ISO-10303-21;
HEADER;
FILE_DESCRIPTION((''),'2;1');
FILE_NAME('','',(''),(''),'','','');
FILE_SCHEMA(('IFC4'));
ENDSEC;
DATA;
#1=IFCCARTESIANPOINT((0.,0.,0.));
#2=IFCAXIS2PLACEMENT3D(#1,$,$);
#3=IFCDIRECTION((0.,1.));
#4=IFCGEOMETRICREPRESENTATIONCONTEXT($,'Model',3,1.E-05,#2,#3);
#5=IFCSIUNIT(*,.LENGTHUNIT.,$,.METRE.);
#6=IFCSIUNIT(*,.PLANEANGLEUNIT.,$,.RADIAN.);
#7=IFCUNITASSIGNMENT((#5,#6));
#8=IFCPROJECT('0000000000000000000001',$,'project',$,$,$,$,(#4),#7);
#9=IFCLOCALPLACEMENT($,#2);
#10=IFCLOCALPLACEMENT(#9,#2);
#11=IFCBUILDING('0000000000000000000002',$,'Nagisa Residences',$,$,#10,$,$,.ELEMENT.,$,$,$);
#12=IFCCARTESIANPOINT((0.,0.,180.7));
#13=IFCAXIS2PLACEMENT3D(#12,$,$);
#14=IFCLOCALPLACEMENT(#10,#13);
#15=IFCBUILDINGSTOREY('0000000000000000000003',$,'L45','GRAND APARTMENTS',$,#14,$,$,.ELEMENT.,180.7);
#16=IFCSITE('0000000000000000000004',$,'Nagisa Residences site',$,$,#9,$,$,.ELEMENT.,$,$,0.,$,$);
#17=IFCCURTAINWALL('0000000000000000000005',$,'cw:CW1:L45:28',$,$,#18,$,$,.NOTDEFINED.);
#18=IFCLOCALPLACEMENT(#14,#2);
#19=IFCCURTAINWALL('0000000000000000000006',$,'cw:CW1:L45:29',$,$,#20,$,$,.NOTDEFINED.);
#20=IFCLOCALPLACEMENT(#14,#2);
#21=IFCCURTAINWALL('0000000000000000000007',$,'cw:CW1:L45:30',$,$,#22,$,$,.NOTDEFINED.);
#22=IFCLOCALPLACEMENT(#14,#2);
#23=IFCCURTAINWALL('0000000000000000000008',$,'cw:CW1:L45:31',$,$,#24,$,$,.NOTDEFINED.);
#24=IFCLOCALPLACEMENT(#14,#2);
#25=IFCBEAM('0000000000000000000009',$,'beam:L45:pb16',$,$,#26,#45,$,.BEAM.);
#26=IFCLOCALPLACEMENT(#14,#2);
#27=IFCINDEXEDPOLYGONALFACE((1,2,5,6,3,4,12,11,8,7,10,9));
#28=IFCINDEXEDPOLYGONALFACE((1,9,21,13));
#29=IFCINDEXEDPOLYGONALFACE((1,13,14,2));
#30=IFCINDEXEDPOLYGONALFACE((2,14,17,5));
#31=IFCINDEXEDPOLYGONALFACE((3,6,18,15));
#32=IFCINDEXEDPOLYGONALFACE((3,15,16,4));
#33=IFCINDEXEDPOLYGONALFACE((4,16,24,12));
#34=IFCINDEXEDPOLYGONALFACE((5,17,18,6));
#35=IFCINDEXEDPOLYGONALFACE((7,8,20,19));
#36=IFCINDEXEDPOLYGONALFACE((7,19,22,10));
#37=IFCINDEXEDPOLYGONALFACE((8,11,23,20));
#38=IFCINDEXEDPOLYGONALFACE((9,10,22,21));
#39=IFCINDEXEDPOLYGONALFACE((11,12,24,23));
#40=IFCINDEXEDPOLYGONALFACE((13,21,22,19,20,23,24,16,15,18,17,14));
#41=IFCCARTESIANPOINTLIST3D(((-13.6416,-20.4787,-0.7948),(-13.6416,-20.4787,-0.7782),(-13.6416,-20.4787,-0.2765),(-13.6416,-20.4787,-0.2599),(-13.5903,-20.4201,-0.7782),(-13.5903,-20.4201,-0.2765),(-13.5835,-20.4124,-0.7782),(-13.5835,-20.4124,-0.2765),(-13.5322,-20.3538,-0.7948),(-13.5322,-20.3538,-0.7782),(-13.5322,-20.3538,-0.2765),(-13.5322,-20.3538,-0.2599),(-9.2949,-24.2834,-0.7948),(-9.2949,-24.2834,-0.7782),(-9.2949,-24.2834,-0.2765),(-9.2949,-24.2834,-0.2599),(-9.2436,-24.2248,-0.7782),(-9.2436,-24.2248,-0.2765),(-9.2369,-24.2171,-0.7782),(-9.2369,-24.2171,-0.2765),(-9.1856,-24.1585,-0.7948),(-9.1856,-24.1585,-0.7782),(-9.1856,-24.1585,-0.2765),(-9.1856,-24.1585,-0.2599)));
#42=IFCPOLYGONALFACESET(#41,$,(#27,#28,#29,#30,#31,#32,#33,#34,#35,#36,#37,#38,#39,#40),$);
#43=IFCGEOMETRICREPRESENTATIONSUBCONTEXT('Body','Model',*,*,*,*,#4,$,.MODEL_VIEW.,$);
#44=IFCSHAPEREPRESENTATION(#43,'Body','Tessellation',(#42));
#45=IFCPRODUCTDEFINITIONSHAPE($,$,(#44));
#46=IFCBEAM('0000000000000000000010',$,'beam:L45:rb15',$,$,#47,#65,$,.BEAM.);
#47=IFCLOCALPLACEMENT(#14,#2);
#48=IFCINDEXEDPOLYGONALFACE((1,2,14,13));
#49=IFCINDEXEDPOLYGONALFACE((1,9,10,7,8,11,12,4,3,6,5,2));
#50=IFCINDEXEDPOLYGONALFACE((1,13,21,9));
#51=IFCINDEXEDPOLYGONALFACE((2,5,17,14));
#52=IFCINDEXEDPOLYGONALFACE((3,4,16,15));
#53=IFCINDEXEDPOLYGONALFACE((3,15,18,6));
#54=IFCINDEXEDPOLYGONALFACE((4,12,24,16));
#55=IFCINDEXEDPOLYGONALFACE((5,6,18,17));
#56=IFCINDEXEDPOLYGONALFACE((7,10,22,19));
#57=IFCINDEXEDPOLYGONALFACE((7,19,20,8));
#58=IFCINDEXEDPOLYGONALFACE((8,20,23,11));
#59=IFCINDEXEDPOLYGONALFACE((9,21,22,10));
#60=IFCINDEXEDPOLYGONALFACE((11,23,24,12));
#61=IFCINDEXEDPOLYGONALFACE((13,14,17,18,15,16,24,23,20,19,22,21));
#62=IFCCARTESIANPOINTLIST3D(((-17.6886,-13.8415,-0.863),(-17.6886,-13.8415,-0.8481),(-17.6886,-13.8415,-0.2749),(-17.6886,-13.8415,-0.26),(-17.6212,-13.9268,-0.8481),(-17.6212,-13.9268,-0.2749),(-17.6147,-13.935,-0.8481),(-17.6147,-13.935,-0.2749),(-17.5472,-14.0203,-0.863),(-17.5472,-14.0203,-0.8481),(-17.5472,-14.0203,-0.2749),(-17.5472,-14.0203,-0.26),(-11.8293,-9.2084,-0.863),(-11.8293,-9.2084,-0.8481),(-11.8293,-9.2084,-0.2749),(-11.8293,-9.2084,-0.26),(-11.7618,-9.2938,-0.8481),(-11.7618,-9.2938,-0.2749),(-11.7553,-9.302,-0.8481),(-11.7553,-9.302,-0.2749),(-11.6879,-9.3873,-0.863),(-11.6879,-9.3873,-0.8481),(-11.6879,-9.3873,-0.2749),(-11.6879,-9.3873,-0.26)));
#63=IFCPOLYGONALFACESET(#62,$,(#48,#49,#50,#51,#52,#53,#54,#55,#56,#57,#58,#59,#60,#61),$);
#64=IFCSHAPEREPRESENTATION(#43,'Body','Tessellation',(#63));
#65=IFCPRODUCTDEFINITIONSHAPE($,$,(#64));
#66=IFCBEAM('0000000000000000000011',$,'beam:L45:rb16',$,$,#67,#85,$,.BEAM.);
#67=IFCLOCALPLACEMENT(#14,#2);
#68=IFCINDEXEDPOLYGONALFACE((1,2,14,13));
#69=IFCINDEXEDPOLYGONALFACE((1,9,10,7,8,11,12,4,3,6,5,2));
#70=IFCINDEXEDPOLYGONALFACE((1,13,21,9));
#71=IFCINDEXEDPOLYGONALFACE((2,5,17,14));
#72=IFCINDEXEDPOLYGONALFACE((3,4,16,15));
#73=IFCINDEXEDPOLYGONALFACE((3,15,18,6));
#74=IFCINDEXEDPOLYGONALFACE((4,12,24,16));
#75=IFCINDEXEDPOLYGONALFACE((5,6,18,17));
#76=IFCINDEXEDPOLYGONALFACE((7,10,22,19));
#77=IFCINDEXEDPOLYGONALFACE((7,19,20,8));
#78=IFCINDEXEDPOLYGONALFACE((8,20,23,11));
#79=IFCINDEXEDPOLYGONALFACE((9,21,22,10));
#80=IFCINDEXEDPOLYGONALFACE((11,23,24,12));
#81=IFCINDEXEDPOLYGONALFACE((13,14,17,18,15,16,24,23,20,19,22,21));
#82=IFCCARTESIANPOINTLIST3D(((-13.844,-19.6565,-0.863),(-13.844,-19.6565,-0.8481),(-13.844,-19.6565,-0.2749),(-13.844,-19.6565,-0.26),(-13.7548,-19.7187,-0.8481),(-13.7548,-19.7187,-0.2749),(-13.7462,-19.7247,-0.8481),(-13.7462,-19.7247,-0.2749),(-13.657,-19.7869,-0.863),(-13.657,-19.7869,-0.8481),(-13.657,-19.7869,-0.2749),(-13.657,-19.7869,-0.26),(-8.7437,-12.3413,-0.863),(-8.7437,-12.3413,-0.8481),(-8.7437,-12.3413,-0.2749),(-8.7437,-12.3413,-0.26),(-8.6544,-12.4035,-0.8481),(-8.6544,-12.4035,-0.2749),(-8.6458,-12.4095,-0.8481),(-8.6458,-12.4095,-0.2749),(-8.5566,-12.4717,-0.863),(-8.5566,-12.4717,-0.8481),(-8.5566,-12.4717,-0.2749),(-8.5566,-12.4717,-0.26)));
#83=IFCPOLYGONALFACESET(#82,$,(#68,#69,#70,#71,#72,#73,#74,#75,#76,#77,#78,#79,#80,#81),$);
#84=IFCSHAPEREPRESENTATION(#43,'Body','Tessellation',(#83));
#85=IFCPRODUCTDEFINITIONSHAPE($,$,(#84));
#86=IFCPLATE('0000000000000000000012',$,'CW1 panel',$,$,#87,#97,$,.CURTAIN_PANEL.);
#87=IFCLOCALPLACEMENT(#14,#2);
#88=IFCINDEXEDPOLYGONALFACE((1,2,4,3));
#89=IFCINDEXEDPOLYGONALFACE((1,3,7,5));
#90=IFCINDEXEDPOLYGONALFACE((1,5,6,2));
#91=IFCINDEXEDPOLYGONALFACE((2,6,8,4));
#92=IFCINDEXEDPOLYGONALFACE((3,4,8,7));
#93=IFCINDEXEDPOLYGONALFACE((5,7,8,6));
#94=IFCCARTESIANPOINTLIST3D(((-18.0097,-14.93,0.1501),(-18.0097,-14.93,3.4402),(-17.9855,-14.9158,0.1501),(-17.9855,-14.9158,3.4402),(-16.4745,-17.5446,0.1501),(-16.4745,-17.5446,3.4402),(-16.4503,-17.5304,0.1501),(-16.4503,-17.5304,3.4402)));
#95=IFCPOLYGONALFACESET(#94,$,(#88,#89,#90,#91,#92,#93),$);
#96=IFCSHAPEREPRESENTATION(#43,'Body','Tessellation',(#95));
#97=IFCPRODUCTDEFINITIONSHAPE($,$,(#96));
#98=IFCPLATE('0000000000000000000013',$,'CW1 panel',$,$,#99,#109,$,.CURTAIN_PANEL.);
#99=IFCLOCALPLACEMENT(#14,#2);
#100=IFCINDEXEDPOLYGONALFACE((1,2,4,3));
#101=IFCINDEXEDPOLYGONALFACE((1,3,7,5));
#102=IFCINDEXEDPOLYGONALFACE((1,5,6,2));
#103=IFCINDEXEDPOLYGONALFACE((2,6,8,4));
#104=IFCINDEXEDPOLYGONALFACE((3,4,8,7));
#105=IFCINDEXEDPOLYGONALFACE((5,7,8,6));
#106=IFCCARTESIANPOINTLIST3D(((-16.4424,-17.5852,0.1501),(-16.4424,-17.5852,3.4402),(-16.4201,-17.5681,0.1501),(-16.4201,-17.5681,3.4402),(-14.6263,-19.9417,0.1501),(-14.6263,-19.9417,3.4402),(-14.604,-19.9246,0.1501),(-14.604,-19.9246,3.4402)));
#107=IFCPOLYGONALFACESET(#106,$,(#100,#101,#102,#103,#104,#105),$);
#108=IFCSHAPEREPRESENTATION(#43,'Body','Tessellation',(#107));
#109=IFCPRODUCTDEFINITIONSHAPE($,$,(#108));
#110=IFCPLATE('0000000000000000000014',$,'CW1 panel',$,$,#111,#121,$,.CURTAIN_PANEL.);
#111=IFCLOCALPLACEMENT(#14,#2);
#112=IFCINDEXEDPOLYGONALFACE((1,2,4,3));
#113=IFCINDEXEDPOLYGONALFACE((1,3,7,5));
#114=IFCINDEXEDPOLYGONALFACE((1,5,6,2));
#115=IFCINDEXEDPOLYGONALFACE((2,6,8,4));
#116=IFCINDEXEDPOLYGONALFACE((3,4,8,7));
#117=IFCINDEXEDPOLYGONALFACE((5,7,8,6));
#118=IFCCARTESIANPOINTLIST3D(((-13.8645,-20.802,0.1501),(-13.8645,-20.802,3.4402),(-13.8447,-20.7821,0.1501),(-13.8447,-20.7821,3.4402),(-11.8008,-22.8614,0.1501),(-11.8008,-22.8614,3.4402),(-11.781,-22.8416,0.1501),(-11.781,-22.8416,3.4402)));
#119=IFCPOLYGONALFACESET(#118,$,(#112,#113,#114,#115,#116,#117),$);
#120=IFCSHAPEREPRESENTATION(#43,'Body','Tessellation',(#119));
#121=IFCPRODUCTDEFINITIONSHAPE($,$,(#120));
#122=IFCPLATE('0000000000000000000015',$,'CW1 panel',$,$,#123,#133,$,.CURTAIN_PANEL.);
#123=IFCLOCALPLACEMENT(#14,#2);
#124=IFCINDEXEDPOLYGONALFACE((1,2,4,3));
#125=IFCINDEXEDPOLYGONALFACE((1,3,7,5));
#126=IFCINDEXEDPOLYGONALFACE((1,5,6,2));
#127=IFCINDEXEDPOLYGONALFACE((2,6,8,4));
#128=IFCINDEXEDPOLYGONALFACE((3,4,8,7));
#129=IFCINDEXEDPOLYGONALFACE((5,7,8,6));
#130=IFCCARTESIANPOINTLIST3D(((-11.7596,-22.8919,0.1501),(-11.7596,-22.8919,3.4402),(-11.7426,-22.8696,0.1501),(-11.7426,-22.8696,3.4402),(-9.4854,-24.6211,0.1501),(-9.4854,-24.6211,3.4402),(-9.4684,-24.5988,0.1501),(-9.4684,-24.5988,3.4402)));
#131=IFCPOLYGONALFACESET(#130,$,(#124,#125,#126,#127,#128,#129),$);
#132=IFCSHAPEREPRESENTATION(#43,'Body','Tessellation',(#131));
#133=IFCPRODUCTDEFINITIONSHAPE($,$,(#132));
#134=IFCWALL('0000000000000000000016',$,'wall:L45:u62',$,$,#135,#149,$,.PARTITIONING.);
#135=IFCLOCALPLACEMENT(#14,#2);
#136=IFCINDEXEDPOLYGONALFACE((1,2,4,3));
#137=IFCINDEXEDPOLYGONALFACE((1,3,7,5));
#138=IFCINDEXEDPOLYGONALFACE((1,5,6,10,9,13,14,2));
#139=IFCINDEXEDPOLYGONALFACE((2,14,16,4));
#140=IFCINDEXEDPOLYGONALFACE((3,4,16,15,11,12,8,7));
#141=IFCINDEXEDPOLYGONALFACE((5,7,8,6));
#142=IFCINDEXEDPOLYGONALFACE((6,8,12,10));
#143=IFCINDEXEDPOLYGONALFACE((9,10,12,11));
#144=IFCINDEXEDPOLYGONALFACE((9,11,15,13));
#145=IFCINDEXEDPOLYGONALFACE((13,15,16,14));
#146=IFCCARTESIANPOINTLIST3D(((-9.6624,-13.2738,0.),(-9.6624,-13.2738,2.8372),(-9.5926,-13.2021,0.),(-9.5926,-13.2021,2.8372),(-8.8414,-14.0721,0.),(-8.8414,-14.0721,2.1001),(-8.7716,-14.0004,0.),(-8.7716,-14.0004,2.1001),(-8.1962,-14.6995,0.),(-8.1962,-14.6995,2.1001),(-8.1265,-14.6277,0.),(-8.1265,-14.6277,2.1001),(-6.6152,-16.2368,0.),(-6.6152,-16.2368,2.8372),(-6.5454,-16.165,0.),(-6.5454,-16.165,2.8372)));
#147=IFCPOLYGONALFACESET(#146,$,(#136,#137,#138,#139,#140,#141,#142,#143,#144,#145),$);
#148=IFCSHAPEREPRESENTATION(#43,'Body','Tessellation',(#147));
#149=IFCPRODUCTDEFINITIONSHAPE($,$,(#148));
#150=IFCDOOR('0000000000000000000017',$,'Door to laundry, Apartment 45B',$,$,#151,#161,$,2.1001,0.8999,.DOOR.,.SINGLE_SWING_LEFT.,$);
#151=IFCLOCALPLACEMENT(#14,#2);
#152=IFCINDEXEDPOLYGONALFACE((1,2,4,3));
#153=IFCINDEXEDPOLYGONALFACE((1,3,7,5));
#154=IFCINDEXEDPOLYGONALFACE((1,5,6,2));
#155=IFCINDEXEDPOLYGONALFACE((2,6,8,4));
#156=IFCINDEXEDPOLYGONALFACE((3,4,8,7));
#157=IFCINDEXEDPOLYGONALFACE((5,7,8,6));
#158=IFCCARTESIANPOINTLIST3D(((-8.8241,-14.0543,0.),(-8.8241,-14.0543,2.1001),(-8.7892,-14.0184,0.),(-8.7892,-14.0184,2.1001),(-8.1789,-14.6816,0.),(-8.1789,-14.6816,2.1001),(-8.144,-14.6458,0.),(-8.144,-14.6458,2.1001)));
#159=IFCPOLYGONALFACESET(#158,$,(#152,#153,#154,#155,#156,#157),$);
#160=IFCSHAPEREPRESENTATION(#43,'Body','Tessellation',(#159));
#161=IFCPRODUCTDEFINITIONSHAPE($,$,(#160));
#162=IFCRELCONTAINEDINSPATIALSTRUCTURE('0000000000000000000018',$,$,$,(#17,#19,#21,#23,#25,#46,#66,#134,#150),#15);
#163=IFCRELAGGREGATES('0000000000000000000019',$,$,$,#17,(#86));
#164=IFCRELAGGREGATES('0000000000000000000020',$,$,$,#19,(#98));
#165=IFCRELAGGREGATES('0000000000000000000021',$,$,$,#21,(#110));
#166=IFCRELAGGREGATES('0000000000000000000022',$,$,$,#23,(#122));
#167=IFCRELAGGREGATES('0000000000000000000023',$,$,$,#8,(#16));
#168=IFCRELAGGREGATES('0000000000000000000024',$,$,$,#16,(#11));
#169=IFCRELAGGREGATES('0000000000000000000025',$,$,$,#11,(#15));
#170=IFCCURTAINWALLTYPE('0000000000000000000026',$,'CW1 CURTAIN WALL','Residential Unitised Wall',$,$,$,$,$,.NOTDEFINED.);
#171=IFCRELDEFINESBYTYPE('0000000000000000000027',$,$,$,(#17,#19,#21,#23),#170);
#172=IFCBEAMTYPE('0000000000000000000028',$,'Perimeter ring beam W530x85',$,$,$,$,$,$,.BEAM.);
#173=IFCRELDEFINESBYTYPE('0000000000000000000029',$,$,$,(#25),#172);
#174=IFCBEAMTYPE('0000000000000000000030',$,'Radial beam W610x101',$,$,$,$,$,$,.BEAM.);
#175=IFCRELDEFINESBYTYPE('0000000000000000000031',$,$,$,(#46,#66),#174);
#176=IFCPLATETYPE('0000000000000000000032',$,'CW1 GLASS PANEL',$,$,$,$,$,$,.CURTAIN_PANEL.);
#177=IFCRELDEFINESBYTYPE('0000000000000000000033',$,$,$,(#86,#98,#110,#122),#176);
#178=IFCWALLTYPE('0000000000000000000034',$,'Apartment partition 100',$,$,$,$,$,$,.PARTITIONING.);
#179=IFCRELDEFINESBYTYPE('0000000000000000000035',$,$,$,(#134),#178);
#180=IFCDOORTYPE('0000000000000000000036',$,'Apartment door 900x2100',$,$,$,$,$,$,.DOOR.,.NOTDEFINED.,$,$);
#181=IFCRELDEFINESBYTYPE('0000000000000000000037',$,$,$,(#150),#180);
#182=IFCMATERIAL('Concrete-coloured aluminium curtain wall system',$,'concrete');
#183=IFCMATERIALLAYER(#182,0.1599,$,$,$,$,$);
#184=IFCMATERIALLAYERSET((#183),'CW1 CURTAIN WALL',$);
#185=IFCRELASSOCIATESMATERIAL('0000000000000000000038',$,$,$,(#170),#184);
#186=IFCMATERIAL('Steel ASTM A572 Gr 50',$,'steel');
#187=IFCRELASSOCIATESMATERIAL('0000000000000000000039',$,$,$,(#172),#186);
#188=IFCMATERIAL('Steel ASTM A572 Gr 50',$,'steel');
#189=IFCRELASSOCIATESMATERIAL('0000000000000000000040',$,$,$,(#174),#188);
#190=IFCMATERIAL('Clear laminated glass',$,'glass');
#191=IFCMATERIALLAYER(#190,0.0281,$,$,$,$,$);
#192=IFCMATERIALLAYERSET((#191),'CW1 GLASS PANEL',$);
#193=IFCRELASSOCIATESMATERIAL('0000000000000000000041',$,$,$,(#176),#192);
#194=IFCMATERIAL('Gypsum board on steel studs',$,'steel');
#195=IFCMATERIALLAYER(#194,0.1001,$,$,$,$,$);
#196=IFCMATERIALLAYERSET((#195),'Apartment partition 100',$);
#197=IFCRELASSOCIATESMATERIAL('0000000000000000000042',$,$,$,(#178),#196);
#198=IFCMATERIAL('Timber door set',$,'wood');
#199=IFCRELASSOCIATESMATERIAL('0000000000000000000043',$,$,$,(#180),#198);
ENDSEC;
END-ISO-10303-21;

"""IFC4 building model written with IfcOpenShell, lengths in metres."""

from ifc_helpers import new_model, si_unit, direction, frame, frame_2d, origin, origin_2d, place, context, subcontext, project, spatial, rectangle, i_section, extrude, material, layer, layer_set, material_profile, profile_set, type_object, element, fill, aggregate, save


model = new_model("IFC4")

# Units and contexts
model_context = context("Model", 3, precision=1e-05, world=origin(), true_north=direction((0.0, 1.0)))
body_context = subcontext(model_context, "Body", "Model", "MODEL_VIEW")
ifc_project = project(units=[si_unit("LENGTHUNIT", "METRE"), si_unit("PLANEANGLEUNIT", "RADIAN")], contexts=[model_context])

# Site, building, storey
site_placement = place(None, origin())
site = spatial("IfcSite", under=ifc_project, at=site_placement, Name="Nagisa Residences site", CompositionType="ELEMENT", RefElevation=0.0)
building_placement = place(site_placement, origin())
building = spatial("IfcBuilding", under=site, at=building_placement, Name="Nagisa Residences", CompositionType="ELEMENT")
storey_placement = place(building_placement, frame((0.0, 0.0, 180.7)))
storey = spatial("IfcBuildingStorey", under=building, at=storey_placement, Name="L45", Description="GRAND APARTMENTS", CompositionType="ELEMENT", Elevation=180.7)

# Curtain walls
ifc_material_1 = material(Name="Concrete-coloured aluminium curtain wall system", Category="concrete")
ifc_layer_1 = layer(ifc_material_1, 0.1599)
ifc_layer_set_1 = layer_set([ifc_layer_1], Name="CW1 CURTAIN WALL")
curtain_wall_type = type_object("IfcCurtainWallType", Name="CW1 CURTAIN WALL", Description="Residential Unitised Wall", PredefinedType="NOTDEFINED", material=ifc_layer_set_1)
curtain_wall_1_placement = place(storey_placement, origin())
curtain_wall_1 = element("IfcCurtainWall", 1, at=curtain_wall_1_placement, inside=storey, type_object=curtain_wall_type, Name="cw:CW1:L45:28", PredefinedType="NOTDEFINED")
curtain_wall_2_placement = place(storey_placement, origin())
curtain_wall_2 = element("IfcCurtainWall", 2, at=curtain_wall_2_placement, inside=storey, type_object=curtain_wall_type, Name="cw:CW1:L45:29", PredefinedType="NOTDEFINED")
curtain_wall_3_placement = place(storey_placement, origin())
curtain_wall_3 = element("IfcCurtainWall", 3, at=curtain_wall_3_placement, inside=storey, type_object=curtain_wall_type, Name="cw:CW1:L45:30", PredefinedType="NOTDEFINED")
curtain_wall_4_placement = place(storey_placement, origin())
curtain_wall_4 = element("IfcCurtainWall", 4, at=curtain_wall_4_placement, inside=storey, type_object=curtain_wall_type, Name="cw:CW1:L45:31", PredefinedType="NOTDEFINED")

# Beams
ifc_material_2 = material(Name="Steel ASTM A572 Gr 50", Category="steel")
ifc_material_profile_1 = material_profile(ifc_material_2, i_section(OverallWidth=0.166, OverallDepth=0.5349, WebThickness=0.0103, FlangeThickness=0.0166, at=origin_2d()), Name="W530x85")
ifc_profile_set_1 = profile_set([ifc_material_profile_1], Name="Steel ASTM A572 Gr 50")
beam_type_1 = type_object("IfcBeamType", Name="Perimeter ring beam W530x85", PredefinedType="BEAM", material=ifc_profile_set_1)
beam_1_placement = place(storey_placement, frame((-13.5869, -20.4163, -0.5273), z_axis=(0.752461, -0.658636, 0.0), x_axis=(0.658636, 0.752461, 0.0)))
element("IfcBeam", 5, at=beam_1_placement, inside=storey, type_object=beam_type_1, Name="beam:L45:pb16", PredefinedType="BEAM", context=body_context, shape_type="SweptSolid", body=[
    extrude(i_section(OverallWidth=0.166, OverallDepth=0.5349, WebThickness=0.0103, FlangeThickness=0.0166, at=origin_2d()), origin(), (0.0, 0.0, 1.0), 5.7766),
])
ifc_material_3 = material(Name="Steel ASTM A572 Gr 50", Category="steel")
ifc_material_profile_2 = material_profile(ifc_material_3, i_section(OverallWidth=0.228, OverallDepth=0.603, WebThickness=0.0105, FlangeThickness=0.0149, at=origin_2d()), Name="W610x101")
ifc_profile_set_2 = profile_set([ifc_material_profile_2], Name="Steel ASTM A572 Gr 50")
beam_type_2 = type_object("IfcBeamType", Name="Radial beam W610x101", PredefinedType="BEAM", material=ifc_profile_set_2)
beam_2_placement = place(storey_placement, frame((-17.6179, -13.9309, -0.5615), z_axis=(0.784412, 0.620241, 0.0), x_axis=(-0.620241, 0.784412, 0.0)))
element("IfcBeam", 6, at=beam_2_placement, inside=storey, type_object=beam_type_2, Name="beam:L45:rb15", PredefinedType="BEAM", context=body_context, shape_type="SweptSolid", body=[
    extrude(i_section(OverallWidth=0.228, OverallDepth=0.603, WebThickness=0.0105, FlangeThickness=0.0149, at=origin_2d()), origin(), (0.0, 0.0, 1.0), 7.4697),
])
beam_3_placement = place(storey_placement, frame((-13.7505, -19.7217, -0.5615), z_axis=(0.571934, 0.820299, 0.0), x_axis=(-0.820299, 0.571934, 0.0)))
element("IfcBeam", 7, at=beam_3_placement, inside=storey, type_object=beam_type_2, Name="beam:L45:rb16", PredefinedType="BEAM", context=body_context, shape_type="SweptSolid", body=[
    extrude(i_section(OverallWidth=0.228, OverallDepth=0.603, WebThickness=0.0105, FlangeThickness=0.0149, at=origin_2d()), origin(), (0.0, 0.0, 1.0), 8.9177),
])

# Plates
ifc_material_4 = material(Name="Clear laminated glass", Category="glass")
ifc_layer_2 = layer(ifc_material_4, 0.0281)
ifc_layer_set_2 = layer_set([ifc_layer_2], Name="CW1 GLASS PANEL")
plate_type = type_object("IfcPlateType", Name="CW1 GLASS PANEL", PredefinedType="CURTAIN_PANEL", material=ifc_layer_set_2)
plate_1_placement = place(storey_placement, frame((-17.23, -16.2302, 0.1501), z_axis=(0.0, 0.0, 1.0), x_axis=(0.506349, -0.862329, 0.0)))
plate_1 = element("IfcPlate", 8, at=plate_1_placement, type_object=plate_type, Name="CW1 panel", PredefinedType="CURTAIN_PANEL", context=body_context, shape_type="SweptSolid", body=[
    extrude(rectangle(XDim=3.032, YDim=0.0281, at=origin_2d()), origin(), (0.0, 0.0, 1.0), 3.29),
])
aggregate(curtain_wall_1, [plate_1])
plate_2_placement = place(storey_placement, frame((-15.5232, -18.7549, 0.1501), z_axis=(0.0, 0.0, 1.0), x_axis=(0.61043, -0.79207, 0.0)))
plate_2 = element("IfcPlate", 9, at=plate_2_placement, type_object=plate_type, Name="CW1 panel", PredefinedType="CURTAIN_PANEL", context=body_context, shape_type="SweptSolid", body=[
    extrude(rectangle(XDim=2.9751, YDim=0.0281, at=origin_2d()), origin(), (0.0, 0.0, 1.0), 3.29),
])
aggregate(curtain_wall_2, [plate_2])
plate_3_placement = place(storey_placement, frame((-12.8228, -21.8218, 0.1501), z_axis=(0.0, 0.0, 1.0), x_axis=(0.707836, -0.706377, 0.0)))
plate_3 = element("IfcPlate", 10, at=plate_3_placement, type_object=plate_type, Name="CW1 panel", PredefinedType="CURTAIN_PANEL", context=body_context, shape_type="SweptSolid", body=[
    extrude(rectangle(XDim=2.9155, YDim=0.0281, at=origin_2d()), origin(), (0.0, 0.0, 1.0), 3.29),
])
aggregate(curtain_wall_3, [plate_3])
plate_4_placement = place(storey_placement, frame((-10.614, -23.7454, 0.1501), z_axis=(0.0, 0.0, 1.0), x_axis=(0.796031, -0.605255, 0.0)))
plate_4 = element("IfcPlate", 11, at=plate_4_placement, type_object=plate_type, Name="CW1 panel", PredefinedType="CURTAIN_PANEL", context=body_context, shape_type="SweptSolid", body=[
    extrude(rectangle(XDim=2.8569, YDim=0.0281, at=origin_2d()), origin(), (0.0, 0.0, 1.0), 3.29),
])
aggregate(curtain_wall_4, [plate_4])

# Wall, opening, door
ifc_material_5 = material(Name="Gypsum board on steel studs", Category="steel")
ifc_layer_3 = layer(ifc_material_5, 0.1001)
ifc_layer_set_3 = layer_set([ifc_layer_3], Name="Apartment partition 100")
wall_type_1 = type_object("IfcWallType", Name="Apartment partition 100", PredefinedType="PARTITIONING", material=ifc_layer_set_3)
wall_1_placement = place(storey_placement, frame((-9.6274, -13.238, 0.0), z_axis=(0.0, 0.0, 1.0), x_axis=(0.716946, -0.697128, 0.0)))
wall_1 = element("IfcWall", 12, at=wall_1_placement, inside=storey, type_object=wall_type_1, Name="wall:L45:u62", PredefinedType="PARTITIONING", context=body_context, shape_type="SweptSolid", body=[
    extrude(rectangle(XDim=4.2502, YDim=0.1001, at=frame_2d((2.125, 0.0))), origin(), (0.0, 0.0, 1.0), 2.8372),
])
opening_1_placement = place(wall_1_placement, frame((1.145, 0.0, 0.0)))
opening_1 = element("IfcOpeningElement", 13, at=opening_1_placement, cuts=wall_1, PredefinedType="OPENING", context=body_context, shape_type="SweptSolid", body=[
    extrude(rectangle(XDim=0.8999, YDim=2.1001, at=frame_2d((0.45, 1.05))), frame((0.0, 0.0601, 0.0), z_axis=(0.0, -1.0, 0.0), x_axis=(1.0, 0.0, 0.0)), (0.0, 0.0, 1.0), 0.1201),
])
ifc_material_6 = material(Name="Timber door set", Category="wood")
door_type_1 = type_object("IfcDoorType", Name="Apartment door 900x2100", OperationType="NOTDEFINED", PredefinedType="DOOR", material=ifc_material_6)
door_1_placement = place(opening_1_placement, origin())
door_1 = element("IfcDoor", 14, at=door_1_placement, inside=storey, type_object=door_type_1, Name="Door to laundry, Apartment 45B", OperationType="SINGLE_SWING_LEFT", OverallHeight=2.1001, OverallWidth=0.8999, PredefinedType="DOOR", context=body_context, shape_type="SweptSolid", body=[
    extrude(rectangle(XDim=0.8999, YDim=2.1001, at=frame_2d((0.45, 1.05))), frame((0.0, 0.0249, 0.0), z_axis=(0.0, -1.0, 0.0), x_axis=(1.0, 0.0, 0.0)), (0.0, 0.0, 1.0), 0.05),
])
fill(opening_1, door_1)

save(model, "model.ifc")
